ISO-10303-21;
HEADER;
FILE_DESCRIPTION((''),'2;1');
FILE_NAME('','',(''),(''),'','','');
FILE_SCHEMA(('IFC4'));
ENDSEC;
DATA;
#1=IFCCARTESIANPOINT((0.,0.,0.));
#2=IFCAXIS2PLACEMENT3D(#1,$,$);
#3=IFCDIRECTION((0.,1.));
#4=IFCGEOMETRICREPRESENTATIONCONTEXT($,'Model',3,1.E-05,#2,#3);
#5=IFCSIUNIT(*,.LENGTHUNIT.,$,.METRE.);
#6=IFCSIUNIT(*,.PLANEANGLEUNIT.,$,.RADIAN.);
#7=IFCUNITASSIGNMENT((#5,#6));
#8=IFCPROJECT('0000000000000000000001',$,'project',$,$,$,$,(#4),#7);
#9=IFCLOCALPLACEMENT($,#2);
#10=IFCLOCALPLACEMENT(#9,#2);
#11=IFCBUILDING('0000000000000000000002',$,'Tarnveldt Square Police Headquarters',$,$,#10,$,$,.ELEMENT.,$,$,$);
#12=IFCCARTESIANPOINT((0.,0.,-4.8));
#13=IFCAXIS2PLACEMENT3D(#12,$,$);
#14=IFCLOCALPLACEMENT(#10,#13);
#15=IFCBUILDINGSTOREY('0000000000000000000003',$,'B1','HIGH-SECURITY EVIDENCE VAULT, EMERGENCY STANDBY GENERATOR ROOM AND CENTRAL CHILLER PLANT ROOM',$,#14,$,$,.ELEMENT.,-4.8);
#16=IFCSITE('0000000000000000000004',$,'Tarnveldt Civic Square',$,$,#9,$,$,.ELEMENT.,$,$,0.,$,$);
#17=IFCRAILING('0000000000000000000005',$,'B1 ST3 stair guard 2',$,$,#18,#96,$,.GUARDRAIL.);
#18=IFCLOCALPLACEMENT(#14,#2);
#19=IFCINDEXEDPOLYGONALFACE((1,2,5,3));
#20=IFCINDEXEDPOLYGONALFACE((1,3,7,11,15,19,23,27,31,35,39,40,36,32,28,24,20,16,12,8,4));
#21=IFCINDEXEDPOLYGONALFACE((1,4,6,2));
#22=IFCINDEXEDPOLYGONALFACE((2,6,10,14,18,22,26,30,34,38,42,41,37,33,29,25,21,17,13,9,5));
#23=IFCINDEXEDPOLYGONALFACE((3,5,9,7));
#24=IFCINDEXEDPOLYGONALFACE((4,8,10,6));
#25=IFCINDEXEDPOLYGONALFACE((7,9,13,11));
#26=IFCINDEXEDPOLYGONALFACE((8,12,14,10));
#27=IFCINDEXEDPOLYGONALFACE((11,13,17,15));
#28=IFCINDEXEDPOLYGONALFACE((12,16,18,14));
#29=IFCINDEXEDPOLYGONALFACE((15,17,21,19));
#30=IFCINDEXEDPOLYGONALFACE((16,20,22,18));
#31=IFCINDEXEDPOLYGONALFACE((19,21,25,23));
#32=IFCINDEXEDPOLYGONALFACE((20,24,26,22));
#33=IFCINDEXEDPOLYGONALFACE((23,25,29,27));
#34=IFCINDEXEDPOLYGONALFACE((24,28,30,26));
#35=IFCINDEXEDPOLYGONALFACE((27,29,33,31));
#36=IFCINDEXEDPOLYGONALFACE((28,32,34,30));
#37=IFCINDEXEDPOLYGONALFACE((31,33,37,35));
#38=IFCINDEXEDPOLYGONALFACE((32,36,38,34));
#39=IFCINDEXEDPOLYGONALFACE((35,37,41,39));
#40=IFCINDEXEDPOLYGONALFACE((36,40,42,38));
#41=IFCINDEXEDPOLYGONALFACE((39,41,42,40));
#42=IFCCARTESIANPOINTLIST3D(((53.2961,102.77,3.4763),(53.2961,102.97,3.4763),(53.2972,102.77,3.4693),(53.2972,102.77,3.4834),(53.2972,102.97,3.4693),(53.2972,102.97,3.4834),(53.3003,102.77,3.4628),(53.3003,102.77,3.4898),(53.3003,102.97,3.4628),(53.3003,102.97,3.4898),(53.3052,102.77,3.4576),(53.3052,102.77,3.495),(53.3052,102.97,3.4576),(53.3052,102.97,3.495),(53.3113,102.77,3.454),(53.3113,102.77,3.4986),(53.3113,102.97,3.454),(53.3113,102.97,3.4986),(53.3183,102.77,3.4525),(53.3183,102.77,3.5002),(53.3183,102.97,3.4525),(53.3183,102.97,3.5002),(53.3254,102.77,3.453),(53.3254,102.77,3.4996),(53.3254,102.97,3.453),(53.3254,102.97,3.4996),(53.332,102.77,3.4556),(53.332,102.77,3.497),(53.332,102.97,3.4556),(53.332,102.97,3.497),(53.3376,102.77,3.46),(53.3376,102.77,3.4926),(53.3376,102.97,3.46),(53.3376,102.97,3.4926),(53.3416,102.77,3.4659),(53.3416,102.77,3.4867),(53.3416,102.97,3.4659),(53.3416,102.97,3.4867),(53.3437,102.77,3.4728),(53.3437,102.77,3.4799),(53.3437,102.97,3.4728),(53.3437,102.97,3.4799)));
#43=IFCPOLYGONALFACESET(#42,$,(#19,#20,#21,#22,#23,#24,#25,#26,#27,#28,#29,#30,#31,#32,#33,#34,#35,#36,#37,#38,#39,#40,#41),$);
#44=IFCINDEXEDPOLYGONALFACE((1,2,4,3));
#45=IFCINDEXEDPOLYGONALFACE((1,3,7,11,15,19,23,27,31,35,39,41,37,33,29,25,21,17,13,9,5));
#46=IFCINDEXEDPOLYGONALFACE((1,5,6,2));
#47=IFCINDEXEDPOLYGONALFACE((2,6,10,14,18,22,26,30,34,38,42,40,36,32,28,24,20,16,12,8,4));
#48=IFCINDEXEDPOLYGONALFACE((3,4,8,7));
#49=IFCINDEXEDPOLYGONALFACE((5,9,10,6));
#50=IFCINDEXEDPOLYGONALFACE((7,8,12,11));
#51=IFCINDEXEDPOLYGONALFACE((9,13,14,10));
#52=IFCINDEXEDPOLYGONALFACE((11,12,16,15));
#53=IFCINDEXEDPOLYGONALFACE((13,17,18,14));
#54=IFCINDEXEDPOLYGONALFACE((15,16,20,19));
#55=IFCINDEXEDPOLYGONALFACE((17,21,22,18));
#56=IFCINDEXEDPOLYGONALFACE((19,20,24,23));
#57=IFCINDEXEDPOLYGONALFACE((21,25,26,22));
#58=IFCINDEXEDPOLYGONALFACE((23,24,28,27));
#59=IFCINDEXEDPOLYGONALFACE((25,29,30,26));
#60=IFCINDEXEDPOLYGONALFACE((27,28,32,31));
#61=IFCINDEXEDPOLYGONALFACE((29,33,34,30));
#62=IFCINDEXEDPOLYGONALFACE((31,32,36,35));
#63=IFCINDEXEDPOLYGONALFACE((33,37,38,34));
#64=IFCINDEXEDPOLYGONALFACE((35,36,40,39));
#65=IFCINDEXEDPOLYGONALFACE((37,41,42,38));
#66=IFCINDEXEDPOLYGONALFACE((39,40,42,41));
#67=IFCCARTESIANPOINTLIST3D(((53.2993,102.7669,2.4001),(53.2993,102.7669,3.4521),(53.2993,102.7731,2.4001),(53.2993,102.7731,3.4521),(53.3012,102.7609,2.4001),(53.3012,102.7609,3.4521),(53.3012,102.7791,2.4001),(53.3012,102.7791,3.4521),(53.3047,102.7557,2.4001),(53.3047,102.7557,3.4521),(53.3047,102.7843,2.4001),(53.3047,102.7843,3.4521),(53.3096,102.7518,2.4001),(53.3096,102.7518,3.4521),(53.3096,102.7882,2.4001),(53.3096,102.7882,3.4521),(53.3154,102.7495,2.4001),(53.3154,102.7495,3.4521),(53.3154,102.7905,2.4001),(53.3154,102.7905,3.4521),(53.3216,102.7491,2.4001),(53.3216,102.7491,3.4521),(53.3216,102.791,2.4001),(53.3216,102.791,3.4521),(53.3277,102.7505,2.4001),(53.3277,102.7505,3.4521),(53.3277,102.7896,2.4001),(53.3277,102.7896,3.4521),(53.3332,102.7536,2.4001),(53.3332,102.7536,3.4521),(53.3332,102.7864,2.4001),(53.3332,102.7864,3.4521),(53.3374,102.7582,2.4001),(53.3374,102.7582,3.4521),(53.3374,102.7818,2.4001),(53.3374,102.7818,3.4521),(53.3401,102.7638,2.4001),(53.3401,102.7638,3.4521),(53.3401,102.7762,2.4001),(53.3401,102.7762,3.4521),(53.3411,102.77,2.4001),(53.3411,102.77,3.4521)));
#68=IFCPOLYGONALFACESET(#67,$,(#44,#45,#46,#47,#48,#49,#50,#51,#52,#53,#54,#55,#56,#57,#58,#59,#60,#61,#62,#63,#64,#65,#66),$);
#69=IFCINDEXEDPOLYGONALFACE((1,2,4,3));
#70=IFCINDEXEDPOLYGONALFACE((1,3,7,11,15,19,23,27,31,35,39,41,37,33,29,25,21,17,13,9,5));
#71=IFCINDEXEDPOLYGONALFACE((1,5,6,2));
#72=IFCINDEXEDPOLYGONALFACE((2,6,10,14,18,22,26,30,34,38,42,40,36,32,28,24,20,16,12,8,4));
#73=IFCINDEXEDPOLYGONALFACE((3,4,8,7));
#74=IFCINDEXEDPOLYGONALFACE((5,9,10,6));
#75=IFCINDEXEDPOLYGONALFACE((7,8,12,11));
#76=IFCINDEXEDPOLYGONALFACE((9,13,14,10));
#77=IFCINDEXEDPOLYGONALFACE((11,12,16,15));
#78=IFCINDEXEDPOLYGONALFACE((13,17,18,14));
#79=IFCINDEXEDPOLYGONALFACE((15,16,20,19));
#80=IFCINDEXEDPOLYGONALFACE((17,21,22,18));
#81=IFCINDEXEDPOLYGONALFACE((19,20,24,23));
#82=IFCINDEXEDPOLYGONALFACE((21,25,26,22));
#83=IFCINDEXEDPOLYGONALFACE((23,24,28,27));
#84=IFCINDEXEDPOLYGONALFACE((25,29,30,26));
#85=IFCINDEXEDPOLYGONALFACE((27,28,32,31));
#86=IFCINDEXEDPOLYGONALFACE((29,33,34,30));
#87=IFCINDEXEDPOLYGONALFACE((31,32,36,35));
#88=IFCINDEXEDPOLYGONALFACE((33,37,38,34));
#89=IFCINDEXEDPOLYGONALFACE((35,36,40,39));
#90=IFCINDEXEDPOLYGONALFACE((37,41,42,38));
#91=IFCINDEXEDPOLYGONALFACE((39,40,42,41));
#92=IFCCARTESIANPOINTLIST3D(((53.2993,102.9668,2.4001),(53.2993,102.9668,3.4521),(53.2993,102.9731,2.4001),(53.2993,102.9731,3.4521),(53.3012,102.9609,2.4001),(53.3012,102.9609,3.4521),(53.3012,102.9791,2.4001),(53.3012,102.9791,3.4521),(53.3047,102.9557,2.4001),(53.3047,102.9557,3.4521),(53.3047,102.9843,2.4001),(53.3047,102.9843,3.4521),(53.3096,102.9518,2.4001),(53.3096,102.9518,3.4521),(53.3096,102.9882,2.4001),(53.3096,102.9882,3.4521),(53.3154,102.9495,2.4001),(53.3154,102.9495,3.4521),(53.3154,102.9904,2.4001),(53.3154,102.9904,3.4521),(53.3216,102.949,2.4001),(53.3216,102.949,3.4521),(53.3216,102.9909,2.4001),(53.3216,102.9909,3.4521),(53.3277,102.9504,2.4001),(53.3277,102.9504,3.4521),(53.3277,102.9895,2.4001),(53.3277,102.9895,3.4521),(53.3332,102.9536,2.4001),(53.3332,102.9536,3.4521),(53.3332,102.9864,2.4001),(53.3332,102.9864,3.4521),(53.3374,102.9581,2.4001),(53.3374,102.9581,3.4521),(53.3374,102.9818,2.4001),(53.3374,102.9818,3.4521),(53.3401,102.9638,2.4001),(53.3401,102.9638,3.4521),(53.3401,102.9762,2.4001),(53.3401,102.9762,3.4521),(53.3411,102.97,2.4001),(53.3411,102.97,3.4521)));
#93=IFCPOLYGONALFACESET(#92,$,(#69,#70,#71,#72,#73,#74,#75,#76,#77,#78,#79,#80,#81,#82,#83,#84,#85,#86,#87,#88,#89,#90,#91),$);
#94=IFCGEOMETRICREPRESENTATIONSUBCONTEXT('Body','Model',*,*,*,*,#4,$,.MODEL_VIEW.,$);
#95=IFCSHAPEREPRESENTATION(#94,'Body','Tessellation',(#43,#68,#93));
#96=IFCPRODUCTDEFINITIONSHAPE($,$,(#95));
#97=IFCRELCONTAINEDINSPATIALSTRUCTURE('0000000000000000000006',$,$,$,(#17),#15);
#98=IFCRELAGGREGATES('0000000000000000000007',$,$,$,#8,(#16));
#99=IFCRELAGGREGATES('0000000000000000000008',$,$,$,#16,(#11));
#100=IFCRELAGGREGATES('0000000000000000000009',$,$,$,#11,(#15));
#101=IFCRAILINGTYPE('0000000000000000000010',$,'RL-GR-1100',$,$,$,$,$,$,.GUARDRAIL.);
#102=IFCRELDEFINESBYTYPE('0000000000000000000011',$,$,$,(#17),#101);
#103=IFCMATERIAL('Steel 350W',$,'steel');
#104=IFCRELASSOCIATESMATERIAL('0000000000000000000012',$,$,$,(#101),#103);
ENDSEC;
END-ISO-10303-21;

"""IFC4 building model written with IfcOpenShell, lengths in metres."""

from ifc_helpers import new_model, si_unit, direction, frame, origin, origin_2d, place, context, subcontext, project, spatial, circle, extrude, material, type_object, element, save


model = new_model("IFC4")

# Units and contexts
model_context = context("Model", 3, precision=1e-05, world=origin(), true_north=direction((0.0, 1.0)))
body_context = subcontext(model_context, "Body", "Model", "MODEL_VIEW")
ifc_project = project(units=[si_unit("LENGTHUNIT", "METRE"), si_unit("PLANEANGLEUNIT", "RADIAN")], contexts=[model_context])

# Site, building, storey
site_placement = place(None, origin())
site = spatial("IfcSite", under=ifc_project, at=site_placement, Name="Tarnveldt Civic Square", CompositionType="ELEMENT", RefElevation=0.0)
building_placement = place(site_placement, origin())
building = spatial("IfcBuilding", under=site, at=building_placement, Name="Tarnveldt Square Police Headquarters", CompositionType="ELEMENT")
storey_placement = place(building_placement, frame((0.0, 0.0, -4.8)))
storey = spatial("IfcBuildingStorey", under=building, at=storey_placement, Name="B1", Description="HIGH-SECURITY EVIDENCE VAULT, EMERGENCY STANDBY GENERATOR ROOM AND CENTRAL CHILLER PLANT ROOM", CompositionType="ELEMENT", Elevation=-4.8)

# Railing
ifc_material_1 = material(Name="Steel 350W", Category="steel")
railing_type_1 = type_object("IfcRailingType", Name="RL-GR-1100", PredefinedType="GUARDRAIL", material=ifc_material_1)
railing_1_placement = place(storey_placement, frame((53.3201, 102.77, 2.4001)))
element("IfcRailing", 1, at=railing_1_placement, inside=storey, type_object=railing_type_1, Name="B1 ST3 stair guard 2", PredefinedType="GUARDRAIL", context=body_context, shape_type="SweptSolid", body=[
    extrude(circle(Radius=0.0239, at=origin_2d()), frame((0.0, 0.0, 1.0762), z_axis=(0.0, 1.0, 0.0), x_axis=(-1.0, 0.0, 0.0)), (0.0, 0.0, 1.0), 0.2),
    extrude(circle(Radius=0.021, at=origin_2d()), origin(), (0.0, 0.0, 1.0), 1.052),
    extrude(circle(Radius=0.021, at=origin_2d()), frame((0.0, 0.2, 0.0)), (0.0, 0.0, 1.0), 1.052),
])

save(model, "model.ifc")
